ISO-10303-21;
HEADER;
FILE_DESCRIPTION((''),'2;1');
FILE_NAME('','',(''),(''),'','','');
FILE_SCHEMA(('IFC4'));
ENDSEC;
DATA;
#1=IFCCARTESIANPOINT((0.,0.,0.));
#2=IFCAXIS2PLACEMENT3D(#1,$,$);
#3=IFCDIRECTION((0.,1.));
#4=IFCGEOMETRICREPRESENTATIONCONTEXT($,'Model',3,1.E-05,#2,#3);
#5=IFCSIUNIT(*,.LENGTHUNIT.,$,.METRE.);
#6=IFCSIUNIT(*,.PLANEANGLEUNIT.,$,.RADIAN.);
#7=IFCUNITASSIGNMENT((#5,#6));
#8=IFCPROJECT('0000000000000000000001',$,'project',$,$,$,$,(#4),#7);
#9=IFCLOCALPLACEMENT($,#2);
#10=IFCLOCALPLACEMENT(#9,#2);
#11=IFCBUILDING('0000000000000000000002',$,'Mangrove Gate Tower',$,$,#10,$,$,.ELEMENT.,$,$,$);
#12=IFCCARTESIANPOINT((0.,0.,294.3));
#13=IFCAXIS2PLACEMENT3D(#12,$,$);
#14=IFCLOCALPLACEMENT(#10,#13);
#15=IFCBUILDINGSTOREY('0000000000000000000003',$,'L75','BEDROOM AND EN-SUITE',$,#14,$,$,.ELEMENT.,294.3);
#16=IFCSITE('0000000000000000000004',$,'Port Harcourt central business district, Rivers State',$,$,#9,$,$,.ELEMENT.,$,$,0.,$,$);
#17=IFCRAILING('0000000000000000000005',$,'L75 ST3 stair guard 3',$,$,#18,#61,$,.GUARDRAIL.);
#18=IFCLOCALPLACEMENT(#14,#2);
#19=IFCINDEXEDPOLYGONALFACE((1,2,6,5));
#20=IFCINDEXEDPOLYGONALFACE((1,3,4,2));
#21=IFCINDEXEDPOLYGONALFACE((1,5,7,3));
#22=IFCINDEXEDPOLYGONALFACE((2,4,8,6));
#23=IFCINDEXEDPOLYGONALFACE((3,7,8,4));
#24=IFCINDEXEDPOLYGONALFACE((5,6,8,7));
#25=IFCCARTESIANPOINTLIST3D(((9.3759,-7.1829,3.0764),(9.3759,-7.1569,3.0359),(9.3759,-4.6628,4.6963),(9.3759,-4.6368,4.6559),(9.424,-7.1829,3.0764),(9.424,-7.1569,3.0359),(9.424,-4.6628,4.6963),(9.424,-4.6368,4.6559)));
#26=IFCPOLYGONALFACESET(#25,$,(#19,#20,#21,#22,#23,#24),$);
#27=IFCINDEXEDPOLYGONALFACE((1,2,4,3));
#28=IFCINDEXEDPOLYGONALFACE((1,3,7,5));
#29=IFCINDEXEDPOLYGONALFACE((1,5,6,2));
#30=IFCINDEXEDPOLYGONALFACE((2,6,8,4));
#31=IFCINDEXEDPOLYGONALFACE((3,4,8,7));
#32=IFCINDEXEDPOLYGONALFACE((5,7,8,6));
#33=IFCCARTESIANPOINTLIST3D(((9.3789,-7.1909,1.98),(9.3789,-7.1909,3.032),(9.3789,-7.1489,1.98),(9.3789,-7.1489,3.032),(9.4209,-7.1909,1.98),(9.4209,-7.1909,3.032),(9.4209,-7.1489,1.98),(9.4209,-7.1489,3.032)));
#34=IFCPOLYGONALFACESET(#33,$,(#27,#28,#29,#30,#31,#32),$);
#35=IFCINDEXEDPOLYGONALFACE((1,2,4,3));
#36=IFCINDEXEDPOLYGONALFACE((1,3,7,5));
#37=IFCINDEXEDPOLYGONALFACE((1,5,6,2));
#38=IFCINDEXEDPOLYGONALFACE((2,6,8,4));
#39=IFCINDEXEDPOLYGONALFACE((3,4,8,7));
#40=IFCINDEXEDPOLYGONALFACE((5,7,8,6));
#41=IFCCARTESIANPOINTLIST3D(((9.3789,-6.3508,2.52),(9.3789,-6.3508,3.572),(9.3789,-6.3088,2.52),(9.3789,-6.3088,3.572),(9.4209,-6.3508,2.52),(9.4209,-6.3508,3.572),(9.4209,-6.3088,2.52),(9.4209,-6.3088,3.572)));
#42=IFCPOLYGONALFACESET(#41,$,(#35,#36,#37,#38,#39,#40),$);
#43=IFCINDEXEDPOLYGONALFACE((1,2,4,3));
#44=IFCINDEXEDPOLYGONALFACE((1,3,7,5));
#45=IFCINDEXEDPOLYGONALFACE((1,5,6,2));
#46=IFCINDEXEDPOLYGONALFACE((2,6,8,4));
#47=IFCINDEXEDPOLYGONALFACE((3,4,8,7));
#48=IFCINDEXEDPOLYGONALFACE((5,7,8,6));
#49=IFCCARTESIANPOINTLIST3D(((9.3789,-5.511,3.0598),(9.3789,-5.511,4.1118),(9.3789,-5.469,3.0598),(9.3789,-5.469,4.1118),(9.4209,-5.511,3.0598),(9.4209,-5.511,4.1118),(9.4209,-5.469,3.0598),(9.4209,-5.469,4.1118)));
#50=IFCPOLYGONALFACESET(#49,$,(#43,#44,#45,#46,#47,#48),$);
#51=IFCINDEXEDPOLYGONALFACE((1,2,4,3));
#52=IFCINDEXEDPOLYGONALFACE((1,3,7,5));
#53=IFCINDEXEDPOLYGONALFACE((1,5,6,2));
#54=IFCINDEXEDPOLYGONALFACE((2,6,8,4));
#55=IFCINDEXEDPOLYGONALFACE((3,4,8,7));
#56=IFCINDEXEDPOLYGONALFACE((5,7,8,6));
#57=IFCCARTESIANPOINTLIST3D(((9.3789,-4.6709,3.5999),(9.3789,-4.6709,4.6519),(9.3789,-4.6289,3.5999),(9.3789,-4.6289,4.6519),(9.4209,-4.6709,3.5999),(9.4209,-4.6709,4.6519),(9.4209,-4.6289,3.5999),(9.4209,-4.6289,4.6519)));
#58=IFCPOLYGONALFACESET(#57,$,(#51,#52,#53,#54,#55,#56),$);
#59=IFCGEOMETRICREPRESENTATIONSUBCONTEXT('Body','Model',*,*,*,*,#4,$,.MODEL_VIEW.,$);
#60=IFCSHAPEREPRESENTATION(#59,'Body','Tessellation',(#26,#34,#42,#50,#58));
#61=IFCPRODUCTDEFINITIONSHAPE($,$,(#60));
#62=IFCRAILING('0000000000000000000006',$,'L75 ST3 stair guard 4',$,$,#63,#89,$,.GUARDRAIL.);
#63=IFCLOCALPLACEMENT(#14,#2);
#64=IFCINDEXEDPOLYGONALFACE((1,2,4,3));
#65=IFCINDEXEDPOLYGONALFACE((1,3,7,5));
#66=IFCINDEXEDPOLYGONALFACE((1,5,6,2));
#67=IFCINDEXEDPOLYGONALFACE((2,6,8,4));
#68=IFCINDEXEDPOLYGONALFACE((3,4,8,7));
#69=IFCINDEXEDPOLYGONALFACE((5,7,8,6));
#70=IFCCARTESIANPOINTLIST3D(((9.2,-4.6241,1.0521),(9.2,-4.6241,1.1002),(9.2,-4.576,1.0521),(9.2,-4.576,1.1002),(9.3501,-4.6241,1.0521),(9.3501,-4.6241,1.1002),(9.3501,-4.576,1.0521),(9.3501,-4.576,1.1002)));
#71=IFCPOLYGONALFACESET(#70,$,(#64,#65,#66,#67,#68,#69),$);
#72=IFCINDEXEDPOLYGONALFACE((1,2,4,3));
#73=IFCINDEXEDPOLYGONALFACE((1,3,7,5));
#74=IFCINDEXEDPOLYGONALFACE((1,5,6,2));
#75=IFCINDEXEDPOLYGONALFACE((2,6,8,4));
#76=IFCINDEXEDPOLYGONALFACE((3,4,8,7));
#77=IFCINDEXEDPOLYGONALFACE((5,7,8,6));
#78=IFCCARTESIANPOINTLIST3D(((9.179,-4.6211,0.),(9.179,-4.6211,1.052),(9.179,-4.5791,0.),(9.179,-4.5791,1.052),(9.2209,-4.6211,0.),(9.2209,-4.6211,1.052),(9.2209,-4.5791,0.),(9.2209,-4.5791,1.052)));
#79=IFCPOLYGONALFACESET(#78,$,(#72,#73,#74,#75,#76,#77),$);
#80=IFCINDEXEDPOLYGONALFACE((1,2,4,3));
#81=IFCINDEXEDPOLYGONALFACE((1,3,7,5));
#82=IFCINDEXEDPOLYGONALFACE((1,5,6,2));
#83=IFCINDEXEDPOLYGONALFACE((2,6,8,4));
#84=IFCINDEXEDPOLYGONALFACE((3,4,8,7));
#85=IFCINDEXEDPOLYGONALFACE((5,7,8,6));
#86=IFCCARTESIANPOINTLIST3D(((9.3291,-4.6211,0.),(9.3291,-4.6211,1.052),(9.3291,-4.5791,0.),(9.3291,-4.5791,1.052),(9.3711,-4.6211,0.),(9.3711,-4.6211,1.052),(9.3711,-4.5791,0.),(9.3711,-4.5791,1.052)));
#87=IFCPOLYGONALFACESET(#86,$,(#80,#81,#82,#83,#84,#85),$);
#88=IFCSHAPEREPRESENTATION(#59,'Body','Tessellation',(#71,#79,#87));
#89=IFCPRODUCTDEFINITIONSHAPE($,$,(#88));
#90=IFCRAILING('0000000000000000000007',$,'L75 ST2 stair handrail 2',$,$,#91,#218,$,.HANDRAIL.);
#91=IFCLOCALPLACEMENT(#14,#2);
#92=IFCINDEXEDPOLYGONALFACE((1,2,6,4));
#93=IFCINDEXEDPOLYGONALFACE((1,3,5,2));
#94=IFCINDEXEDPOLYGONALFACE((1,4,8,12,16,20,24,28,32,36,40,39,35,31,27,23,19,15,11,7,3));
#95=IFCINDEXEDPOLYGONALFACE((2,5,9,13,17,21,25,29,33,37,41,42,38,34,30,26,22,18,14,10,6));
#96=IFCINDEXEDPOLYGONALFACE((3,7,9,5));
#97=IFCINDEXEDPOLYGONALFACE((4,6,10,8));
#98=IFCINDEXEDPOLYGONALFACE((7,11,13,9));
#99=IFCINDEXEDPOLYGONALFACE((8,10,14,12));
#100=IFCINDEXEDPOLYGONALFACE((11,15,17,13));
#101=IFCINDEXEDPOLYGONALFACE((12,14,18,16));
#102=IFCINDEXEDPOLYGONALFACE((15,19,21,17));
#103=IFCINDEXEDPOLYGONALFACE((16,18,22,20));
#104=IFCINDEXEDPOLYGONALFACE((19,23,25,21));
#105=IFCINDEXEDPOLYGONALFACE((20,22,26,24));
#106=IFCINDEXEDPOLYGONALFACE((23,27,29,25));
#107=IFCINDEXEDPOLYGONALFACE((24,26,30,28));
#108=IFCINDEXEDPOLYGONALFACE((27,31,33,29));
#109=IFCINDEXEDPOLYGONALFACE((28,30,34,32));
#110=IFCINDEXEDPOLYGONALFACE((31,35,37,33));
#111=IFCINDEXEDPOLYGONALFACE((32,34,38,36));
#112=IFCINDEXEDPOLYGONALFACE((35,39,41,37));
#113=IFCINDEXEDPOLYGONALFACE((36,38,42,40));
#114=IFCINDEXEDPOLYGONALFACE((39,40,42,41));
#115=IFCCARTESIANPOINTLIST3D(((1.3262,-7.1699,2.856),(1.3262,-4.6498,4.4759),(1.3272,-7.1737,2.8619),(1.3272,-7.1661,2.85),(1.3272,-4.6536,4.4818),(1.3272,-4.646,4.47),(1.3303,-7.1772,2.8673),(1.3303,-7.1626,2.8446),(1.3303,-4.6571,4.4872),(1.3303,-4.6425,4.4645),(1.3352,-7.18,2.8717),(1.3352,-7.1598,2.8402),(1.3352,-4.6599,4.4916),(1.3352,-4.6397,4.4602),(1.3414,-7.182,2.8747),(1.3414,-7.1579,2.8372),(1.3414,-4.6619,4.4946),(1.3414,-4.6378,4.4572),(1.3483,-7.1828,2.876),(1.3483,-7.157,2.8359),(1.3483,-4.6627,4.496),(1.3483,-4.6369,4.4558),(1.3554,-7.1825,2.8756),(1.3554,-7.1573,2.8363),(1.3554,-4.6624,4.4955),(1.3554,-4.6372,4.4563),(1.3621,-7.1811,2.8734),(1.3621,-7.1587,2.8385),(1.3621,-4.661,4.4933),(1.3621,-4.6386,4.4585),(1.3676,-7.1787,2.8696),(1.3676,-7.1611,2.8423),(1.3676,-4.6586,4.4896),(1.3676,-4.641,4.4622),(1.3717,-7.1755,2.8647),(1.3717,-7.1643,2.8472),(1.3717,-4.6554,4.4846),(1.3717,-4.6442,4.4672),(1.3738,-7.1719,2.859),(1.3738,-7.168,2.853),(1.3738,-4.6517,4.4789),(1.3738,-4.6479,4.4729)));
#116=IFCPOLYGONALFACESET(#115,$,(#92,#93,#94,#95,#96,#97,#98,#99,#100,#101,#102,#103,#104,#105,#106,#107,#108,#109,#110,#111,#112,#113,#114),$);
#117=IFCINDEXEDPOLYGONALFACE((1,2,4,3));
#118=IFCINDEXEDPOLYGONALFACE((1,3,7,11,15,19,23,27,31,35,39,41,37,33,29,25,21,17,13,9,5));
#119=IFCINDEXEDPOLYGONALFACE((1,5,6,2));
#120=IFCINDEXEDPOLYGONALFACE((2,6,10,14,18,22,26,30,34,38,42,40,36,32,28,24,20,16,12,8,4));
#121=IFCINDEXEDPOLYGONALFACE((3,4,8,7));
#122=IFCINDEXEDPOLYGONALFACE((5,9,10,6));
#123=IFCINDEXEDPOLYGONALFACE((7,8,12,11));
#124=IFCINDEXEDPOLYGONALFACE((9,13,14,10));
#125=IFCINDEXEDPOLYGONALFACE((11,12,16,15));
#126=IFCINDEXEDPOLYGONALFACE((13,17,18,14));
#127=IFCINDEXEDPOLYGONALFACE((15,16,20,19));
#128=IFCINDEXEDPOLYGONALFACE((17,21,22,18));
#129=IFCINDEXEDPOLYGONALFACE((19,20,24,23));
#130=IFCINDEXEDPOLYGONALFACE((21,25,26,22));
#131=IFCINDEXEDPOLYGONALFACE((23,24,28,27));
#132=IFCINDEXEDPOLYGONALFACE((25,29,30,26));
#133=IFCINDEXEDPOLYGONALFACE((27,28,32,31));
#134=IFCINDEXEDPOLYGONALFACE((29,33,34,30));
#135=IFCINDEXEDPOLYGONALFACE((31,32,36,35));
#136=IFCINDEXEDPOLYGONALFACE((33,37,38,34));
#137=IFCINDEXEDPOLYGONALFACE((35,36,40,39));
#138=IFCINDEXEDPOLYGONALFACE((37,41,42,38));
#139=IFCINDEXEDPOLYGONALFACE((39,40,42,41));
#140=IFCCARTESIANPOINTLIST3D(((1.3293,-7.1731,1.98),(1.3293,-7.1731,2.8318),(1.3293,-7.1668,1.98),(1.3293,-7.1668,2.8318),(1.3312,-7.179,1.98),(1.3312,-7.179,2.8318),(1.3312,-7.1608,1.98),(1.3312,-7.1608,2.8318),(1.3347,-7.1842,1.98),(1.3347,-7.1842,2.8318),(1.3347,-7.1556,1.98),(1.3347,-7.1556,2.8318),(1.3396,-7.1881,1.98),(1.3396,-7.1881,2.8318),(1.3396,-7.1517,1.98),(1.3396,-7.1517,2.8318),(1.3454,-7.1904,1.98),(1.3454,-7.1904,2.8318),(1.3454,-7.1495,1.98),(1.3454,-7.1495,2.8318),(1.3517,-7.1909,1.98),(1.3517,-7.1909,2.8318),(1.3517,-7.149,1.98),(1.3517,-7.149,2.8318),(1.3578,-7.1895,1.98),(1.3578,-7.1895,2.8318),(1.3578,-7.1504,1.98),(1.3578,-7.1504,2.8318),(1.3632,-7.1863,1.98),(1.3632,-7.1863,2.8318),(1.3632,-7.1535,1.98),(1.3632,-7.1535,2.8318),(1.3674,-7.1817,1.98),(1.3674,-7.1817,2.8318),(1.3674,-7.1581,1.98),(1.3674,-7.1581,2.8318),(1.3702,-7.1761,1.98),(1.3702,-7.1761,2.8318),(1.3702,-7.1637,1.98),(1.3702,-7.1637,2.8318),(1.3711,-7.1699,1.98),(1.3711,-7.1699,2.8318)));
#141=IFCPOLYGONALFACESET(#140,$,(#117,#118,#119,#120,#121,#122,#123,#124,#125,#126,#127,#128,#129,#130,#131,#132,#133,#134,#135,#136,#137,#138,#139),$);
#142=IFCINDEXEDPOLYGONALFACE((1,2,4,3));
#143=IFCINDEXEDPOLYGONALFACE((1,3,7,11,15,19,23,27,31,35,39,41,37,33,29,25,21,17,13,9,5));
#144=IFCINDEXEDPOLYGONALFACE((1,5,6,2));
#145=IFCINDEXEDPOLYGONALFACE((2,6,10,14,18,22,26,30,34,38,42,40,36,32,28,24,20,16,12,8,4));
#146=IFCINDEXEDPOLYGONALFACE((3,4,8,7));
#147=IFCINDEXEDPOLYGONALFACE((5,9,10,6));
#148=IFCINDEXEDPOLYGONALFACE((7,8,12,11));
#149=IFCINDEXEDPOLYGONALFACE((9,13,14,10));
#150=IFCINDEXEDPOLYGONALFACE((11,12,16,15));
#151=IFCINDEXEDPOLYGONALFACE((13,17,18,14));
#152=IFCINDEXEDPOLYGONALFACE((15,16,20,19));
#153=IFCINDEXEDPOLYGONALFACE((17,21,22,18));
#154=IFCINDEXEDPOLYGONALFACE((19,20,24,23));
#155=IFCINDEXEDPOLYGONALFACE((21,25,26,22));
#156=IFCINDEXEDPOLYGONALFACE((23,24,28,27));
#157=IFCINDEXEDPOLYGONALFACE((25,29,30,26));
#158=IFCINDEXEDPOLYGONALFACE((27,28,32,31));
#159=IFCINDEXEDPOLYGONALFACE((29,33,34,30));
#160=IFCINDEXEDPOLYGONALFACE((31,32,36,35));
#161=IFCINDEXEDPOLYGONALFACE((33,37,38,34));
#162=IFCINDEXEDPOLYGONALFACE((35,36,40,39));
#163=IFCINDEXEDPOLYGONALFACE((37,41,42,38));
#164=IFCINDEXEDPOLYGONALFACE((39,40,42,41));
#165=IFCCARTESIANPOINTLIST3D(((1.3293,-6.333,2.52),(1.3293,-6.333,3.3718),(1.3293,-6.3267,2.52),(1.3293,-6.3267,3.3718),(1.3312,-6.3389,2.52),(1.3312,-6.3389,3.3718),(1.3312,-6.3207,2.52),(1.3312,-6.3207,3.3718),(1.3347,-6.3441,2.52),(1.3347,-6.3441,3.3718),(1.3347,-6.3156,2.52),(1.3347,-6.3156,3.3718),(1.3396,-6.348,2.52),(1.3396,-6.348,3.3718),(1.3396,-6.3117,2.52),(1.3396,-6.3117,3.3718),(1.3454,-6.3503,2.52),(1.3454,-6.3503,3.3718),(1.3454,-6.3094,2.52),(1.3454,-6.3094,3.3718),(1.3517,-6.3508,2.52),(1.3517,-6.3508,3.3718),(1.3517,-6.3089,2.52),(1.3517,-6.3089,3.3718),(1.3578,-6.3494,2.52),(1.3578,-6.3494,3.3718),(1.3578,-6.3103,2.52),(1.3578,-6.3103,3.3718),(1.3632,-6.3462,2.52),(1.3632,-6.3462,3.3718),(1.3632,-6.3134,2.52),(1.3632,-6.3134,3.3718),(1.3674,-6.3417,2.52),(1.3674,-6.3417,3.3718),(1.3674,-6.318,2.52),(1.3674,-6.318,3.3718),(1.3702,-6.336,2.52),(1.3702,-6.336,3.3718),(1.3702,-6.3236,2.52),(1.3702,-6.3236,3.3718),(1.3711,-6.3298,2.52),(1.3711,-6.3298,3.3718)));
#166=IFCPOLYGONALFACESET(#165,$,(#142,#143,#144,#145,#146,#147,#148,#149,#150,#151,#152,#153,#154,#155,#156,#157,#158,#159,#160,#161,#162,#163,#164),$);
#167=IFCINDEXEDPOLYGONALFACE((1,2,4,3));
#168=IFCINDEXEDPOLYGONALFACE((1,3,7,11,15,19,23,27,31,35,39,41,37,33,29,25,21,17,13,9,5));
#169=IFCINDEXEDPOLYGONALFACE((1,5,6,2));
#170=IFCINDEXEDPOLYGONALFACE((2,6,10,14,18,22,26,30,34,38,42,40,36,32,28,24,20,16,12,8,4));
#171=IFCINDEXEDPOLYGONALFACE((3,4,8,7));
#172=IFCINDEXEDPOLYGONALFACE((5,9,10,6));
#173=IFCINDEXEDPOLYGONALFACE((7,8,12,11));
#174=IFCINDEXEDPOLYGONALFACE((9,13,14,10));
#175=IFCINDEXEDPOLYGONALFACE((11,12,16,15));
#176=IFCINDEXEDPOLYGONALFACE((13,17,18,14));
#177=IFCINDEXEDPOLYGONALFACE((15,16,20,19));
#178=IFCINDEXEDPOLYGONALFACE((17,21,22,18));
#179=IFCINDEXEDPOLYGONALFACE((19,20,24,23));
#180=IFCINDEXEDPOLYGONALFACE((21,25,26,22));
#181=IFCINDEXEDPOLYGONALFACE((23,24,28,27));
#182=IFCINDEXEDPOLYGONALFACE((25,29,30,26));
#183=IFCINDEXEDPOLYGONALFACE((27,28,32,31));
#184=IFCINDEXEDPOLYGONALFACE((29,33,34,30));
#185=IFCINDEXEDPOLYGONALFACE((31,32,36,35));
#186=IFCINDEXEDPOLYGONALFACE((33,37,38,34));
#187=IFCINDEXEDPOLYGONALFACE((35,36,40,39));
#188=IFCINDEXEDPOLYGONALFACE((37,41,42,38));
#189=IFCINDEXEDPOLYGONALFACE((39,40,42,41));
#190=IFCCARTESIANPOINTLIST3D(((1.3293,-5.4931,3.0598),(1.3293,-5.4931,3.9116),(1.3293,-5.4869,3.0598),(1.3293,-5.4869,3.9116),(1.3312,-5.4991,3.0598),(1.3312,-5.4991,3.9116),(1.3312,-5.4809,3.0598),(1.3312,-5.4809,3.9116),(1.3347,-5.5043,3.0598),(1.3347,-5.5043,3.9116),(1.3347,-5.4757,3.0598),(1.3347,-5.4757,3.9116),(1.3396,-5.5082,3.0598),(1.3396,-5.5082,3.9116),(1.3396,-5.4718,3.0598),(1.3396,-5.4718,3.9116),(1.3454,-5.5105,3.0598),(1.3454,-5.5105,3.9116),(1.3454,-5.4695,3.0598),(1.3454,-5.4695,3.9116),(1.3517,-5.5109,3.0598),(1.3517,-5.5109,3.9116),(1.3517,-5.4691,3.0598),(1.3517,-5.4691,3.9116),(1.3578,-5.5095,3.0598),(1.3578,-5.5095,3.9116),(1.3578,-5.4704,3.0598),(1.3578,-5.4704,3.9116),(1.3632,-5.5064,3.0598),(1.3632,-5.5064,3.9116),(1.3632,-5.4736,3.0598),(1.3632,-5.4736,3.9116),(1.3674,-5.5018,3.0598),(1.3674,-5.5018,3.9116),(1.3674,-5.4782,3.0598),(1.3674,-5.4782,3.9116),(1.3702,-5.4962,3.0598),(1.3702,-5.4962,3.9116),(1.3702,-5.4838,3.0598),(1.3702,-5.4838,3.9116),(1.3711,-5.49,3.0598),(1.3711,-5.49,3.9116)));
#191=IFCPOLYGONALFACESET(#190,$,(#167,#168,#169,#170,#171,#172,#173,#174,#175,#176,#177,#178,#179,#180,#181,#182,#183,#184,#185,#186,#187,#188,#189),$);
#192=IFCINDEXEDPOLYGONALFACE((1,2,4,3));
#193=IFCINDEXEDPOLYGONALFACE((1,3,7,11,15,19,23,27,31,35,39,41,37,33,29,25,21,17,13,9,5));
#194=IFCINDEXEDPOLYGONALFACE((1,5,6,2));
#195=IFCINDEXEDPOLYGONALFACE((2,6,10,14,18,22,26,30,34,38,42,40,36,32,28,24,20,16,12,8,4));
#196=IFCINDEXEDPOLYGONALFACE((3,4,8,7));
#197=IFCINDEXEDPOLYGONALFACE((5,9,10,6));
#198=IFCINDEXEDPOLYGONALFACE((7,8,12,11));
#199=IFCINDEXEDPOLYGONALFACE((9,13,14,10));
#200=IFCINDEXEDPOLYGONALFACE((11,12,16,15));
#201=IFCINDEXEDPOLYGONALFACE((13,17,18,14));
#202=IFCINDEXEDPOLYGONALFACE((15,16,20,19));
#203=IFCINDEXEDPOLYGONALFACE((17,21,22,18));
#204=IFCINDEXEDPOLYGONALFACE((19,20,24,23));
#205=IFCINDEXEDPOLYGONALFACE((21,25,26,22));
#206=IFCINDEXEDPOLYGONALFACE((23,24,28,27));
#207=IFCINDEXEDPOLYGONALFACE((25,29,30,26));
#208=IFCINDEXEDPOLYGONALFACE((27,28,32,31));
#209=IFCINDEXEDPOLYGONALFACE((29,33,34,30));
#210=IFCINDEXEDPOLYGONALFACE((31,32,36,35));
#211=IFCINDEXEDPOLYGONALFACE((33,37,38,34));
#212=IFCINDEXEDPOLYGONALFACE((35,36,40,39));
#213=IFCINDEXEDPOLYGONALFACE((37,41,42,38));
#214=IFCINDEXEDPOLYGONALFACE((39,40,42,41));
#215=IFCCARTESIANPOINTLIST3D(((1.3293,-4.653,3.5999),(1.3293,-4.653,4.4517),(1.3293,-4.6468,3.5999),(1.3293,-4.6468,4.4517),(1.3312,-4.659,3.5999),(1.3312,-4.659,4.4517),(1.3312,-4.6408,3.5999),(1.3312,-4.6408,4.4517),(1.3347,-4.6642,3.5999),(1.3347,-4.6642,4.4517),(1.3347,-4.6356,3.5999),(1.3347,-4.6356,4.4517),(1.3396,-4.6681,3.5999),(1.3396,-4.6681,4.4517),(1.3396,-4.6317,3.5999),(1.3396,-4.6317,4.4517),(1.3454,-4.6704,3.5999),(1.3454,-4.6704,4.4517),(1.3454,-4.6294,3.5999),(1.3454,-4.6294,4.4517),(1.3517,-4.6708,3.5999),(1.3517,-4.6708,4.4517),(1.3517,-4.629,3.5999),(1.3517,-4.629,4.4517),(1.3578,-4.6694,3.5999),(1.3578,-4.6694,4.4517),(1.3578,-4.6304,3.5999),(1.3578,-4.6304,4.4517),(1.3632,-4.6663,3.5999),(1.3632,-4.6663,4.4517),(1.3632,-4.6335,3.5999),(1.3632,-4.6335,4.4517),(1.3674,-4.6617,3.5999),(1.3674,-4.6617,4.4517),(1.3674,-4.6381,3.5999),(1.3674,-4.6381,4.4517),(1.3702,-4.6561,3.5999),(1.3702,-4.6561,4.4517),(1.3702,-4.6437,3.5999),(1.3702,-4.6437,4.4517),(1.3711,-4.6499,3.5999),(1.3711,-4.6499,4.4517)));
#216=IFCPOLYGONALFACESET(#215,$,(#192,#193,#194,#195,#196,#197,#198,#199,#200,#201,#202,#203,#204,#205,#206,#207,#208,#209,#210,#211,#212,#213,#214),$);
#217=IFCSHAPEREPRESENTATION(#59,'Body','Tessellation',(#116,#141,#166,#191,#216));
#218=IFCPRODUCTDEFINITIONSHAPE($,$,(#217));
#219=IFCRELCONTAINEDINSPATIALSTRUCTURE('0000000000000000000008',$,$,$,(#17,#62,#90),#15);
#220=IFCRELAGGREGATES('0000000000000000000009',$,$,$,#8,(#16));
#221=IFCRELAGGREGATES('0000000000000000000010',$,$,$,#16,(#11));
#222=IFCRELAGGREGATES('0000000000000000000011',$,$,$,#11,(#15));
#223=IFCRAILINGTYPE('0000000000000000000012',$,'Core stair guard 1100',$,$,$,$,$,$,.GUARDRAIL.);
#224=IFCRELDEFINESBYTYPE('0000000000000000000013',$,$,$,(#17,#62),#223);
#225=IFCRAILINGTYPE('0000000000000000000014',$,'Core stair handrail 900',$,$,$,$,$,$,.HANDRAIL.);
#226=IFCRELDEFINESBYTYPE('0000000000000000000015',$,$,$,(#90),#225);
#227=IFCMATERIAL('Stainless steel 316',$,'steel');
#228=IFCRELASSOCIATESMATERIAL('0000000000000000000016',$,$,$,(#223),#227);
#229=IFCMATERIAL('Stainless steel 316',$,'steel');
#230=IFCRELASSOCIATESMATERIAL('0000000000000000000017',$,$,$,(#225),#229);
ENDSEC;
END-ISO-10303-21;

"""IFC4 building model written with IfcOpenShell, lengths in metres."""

from ifc_helpers import new_model, si_unit, direction, frame, origin, origin_2d, place, context, subcontext, project, spatial, rectangle, circle, extrude, material, type_object, element, save


model = new_model("IFC4")

# Units and contexts
model_context = context("Model", 3, precision=1e-05, world=origin(), true_north=direction((0.0, 1.0)))
body_context = subcontext(model_context, "Body", "Model", "MODEL_VIEW")
ifc_project = project(units=[si_unit("LENGTHUNIT", "METRE"), si_unit("PLANEANGLEUNIT", "RADIAN")], contexts=[model_context])

# Site, building, storey
site_placement = place(None, origin())
site = spatial("IfcSite", under=ifc_project, at=site_placement, Name="Port Harcourt central business district, Rivers State", CompositionType="ELEMENT", RefElevation=0.0)
building_placement = place(site_placement, origin())
building = spatial("IfcBuilding", under=site, at=building_placement, Name="Mangrove Gate Tower", CompositionType="ELEMENT")
storey_placement = place(building_placement, frame((0.0, 0.0, 294.3)))
storey = spatial("IfcBuildingStorey", under=building, at=storey_placement, Name="L75", Description="BEDROOM AND EN-SUITE", CompositionType="ELEMENT", Elevation=294.3)

# Railings
ifc_material_1 = material(Name="Stainless steel 316", Category="steel")
railing_type_1 = type_object("IfcRailingType", Name="Core stair guard 1100", PredefinedType="GUARDRAIL", material=ifc_material_1)
railing_1_placement = place(storey_placement, frame((9.3999, -7.1699, 1.98)))
element("IfcRailing", 1, at=railing_1_placement, inside=storey, type_object=railing_type_1, Name="L75 ST3 stair guard 3", PredefinedType="GUARDRAIL", context=body_context, shape_type="SweptSolid", body=[
    extrude(rectangle(XDim=0.0481, YDim=0.0481, at=origin_2d()), frame((0.0, 0.0, 1.0762), z_axis=(0.0, 0.8412, 0.540725), x_axis=(-1.0, 0.0, 0.0)), (0.0, 0.0, 1.0), 2.9958),
    extrude(rectangle(XDim=0.042, YDim=0.042, at=origin_2d()), origin(), (0.0, 0.0, 1.0), 1.052),
    extrude(rectangle(XDim=0.042, YDim=0.042, at=origin_2d()), frame((0.0, 0.8401, 0.54)), (0.0, 0.0, 1.0), 1.052),
    extrude(rectangle(XDim=0.042, YDim=0.042, at=origin_2d()), frame((0.0, 1.6799, 1.0798)), (0.0, 0.0, 1.0), 1.052),
    extrude(rectangle(XDim=0.042, YDim=0.042, at=origin_2d()), frame((0.0, 2.52, 1.6199)), (0.0, 0.0, 1.0), 1.052),
])
railing_2_placement = place(storey_placement, frame((9.2, -4.6001, 0.0)))
element("IfcRailing", 2, at=railing_2_placement, inside=storey, type_object=railing_type_1, Name="L75 ST3 stair guard 4", PredefinedType="GUARDRAIL", context=body_context, shape_type="SweptSolid", body=[
    extrude(rectangle(XDim=0.0481, YDim=0.0481, at=origin_2d()), frame((0.0, 0.0, 1.0762), z_axis=(1.0, 0.0, 0.0), x_axis=(0.0, 1.0, 0.0)), (0.0, 0.0, 1.0), 0.1501),
    extrude(rectangle(XDim=0.042, YDim=0.042, at=origin_2d()), origin(), (0.0, 0.0, 1.0), 1.052),
    extrude(rectangle(XDim=0.042, YDim=0.042, at=origin_2d()), frame((0.1501, 0.0, 0.0)), (0.0, 0.0, 1.0), 1.052),
])
ifc_material_2 = material(Name="Stainless steel 316", Category="steel")
railing_type_2 = type_object("IfcRailingType", Name="Core stair handrail 900", PredefinedType="HANDRAIL", material=ifc_material_2)
railing_3_placement = place(storey_placement, frame((1.3501, -7.1699, 1.98)))
element("IfcRailing", 3, at=railing_3_placement, inside=storey, type_object=railing_type_2, Name="L75 ST2 stair handrail 2", PredefinedType="HANDRAIL", context=body_context, shape_type="SweptSolid", body=[
    extrude(circle(Radius=0.0239, at=origin_2d()), frame((0.0, 0.0, 0.876), z_axis=(0.0, 0.8412, 0.540725), x_axis=(-1.0, 0.0, 0.0)), (0.0, 0.0, 1.0), 2.9958),
    extrude(circle(Radius=0.021, at=origin_2d()), origin(), (0.0, 0.0, 1.0), 0.8518),
    extrude(circle(Radius=0.021, at=origin_2d()), frame((0.0, 0.8401, 0.54)), (0.0, 0.0, 1.0), 0.8518),
    extrude(circle(Radius=0.021, at=origin_2d()), frame((0.0, 1.6799, 1.0798)), (0.0, 0.0, 1.0), 0.8518),
    extrude(circle(Radius=0.021, at=origin_2d()), frame((0.0, 2.52, 1.6199)), (0.0, 0.0, 1.0), 0.8518),
])

save(model, "model.ifc")
